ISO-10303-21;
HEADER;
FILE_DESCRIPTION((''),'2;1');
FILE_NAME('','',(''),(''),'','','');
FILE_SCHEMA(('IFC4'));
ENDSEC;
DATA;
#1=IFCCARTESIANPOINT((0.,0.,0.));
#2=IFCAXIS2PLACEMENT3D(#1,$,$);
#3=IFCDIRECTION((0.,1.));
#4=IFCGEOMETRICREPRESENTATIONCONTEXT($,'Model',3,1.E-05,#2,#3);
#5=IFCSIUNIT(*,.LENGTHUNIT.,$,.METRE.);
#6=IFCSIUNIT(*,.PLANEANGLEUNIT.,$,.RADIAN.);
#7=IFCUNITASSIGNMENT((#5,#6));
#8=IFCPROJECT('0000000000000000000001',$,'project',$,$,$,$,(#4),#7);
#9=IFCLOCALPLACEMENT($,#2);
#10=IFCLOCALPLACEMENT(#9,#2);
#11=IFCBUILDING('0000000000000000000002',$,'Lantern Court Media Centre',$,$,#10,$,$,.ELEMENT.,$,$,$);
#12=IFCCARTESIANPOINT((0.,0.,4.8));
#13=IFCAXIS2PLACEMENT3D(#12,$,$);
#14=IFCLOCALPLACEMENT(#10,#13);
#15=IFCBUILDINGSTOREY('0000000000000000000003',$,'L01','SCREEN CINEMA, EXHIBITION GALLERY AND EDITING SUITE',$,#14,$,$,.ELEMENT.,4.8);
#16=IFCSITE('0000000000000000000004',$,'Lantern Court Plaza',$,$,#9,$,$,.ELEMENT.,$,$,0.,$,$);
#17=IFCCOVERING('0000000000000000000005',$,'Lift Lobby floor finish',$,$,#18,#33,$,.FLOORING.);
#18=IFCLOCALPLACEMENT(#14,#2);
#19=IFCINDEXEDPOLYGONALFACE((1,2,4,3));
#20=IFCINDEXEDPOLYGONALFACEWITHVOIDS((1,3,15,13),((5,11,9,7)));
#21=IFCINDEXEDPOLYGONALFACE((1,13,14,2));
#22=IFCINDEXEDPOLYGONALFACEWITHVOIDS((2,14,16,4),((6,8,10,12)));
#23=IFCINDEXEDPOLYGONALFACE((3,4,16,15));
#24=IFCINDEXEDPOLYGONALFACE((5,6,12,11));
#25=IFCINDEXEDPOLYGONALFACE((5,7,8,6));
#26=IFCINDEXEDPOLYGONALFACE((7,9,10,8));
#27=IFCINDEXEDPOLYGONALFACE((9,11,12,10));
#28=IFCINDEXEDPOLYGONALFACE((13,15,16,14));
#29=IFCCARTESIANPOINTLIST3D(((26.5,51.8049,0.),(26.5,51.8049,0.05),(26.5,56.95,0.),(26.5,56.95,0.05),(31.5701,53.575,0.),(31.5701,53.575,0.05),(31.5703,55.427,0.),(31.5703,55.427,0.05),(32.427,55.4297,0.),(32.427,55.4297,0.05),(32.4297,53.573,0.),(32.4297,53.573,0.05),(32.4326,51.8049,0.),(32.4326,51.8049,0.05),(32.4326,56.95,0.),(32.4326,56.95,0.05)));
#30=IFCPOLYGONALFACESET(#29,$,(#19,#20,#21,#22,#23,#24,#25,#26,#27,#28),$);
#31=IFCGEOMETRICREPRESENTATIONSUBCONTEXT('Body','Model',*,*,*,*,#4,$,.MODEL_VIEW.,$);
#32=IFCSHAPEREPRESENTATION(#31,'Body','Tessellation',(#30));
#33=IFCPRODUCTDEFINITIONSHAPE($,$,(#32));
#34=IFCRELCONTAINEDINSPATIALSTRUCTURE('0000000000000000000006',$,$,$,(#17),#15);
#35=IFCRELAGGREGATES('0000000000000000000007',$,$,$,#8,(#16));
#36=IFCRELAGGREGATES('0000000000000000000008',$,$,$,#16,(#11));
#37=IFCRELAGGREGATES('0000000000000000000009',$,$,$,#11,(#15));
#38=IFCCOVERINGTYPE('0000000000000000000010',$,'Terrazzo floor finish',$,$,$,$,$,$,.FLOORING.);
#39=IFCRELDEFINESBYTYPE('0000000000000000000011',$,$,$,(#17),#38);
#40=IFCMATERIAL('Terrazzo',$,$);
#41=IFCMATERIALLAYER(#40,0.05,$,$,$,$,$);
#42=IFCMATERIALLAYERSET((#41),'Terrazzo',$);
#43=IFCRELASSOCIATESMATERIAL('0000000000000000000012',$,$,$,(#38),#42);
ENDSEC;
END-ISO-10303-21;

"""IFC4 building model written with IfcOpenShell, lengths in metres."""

from ifc_helpers import new_model, si_unit, direction, frame, origin, place, context, subcontext, project, spatial, polyline, outline, extrude, material, layer, layer_set, type_object, element, save


model = new_model("IFC4")

# Units and contexts
model_context = context("Model", 3, precision=1e-05, world=origin(), true_north=direction((0.0, 1.0)))
body_context = subcontext(model_context, "Body", "Model", "MODEL_VIEW")
ifc_project = project(units=[si_unit("LENGTHUNIT", "METRE"), si_unit("PLANEANGLEUNIT", "RADIAN")], contexts=[model_context])

# Site, building, storey
site_placement = place(None, origin())
site = spatial("IfcSite", under=ifc_project, at=site_placement, Name="Lantern Court Plaza", CompositionType="ELEMENT", RefElevation=0.0)
building_placement = place(site_placement, origin())
building = spatial("IfcBuilding", under=site, at=building_placement, Name="Lantern Court Media Centre", CompositionType="ELEMENT")
storey_placement = place(building_placement, frame((0.0, 0.0, 4.8)))
storey = spatial("IfcBuildingStorey", under=building, at=storey_placement, Name="L01", Description="SCREEN CINEMA, EXHIBITION GALLERY AND EDITING SUITE", CompositionType="ELEMENT", Elevation=4.8)

# Covering
ifc_material_1 = material(Name="Terrazzo")
ifc_layer_1 = layer(ifc_material_1, 0.05)
ifc_layer_set_1 = layer_set([ifc_layer_1], Name="Terrazzo")
covering_type_1 = type_object("IfcCoveringType", Name="Terrazzo floor finish", PredefinedType="FLOORING", material=ifc_layer_set_1)
covering_1_placement = place(storey_placement, origin())
element("IfcCovering", 1, at=covering_1_placement, inside=storey, type_object=covering_type_1, Name="Lift Lobby floor finish", PredefinedType="FLOORING", context=body_context, shape_type="SweptSolid", body=[
    extrude(outline(polyline([(26.5, 56.95), (32.4326, 56.95), (32.4326, 51.8049), (26.5, 51.8049), (26.5, 56.95)]), holes=[polyline([(31.5701, 53.575), (32.4297, 53.573), (32.427, 55.4297), (31.5703, 55.427), (31.5701, 53.575)])]), origin(), (0.0, 0.0, 1.0), 0.05),
])

save(model, "model.ifc")
